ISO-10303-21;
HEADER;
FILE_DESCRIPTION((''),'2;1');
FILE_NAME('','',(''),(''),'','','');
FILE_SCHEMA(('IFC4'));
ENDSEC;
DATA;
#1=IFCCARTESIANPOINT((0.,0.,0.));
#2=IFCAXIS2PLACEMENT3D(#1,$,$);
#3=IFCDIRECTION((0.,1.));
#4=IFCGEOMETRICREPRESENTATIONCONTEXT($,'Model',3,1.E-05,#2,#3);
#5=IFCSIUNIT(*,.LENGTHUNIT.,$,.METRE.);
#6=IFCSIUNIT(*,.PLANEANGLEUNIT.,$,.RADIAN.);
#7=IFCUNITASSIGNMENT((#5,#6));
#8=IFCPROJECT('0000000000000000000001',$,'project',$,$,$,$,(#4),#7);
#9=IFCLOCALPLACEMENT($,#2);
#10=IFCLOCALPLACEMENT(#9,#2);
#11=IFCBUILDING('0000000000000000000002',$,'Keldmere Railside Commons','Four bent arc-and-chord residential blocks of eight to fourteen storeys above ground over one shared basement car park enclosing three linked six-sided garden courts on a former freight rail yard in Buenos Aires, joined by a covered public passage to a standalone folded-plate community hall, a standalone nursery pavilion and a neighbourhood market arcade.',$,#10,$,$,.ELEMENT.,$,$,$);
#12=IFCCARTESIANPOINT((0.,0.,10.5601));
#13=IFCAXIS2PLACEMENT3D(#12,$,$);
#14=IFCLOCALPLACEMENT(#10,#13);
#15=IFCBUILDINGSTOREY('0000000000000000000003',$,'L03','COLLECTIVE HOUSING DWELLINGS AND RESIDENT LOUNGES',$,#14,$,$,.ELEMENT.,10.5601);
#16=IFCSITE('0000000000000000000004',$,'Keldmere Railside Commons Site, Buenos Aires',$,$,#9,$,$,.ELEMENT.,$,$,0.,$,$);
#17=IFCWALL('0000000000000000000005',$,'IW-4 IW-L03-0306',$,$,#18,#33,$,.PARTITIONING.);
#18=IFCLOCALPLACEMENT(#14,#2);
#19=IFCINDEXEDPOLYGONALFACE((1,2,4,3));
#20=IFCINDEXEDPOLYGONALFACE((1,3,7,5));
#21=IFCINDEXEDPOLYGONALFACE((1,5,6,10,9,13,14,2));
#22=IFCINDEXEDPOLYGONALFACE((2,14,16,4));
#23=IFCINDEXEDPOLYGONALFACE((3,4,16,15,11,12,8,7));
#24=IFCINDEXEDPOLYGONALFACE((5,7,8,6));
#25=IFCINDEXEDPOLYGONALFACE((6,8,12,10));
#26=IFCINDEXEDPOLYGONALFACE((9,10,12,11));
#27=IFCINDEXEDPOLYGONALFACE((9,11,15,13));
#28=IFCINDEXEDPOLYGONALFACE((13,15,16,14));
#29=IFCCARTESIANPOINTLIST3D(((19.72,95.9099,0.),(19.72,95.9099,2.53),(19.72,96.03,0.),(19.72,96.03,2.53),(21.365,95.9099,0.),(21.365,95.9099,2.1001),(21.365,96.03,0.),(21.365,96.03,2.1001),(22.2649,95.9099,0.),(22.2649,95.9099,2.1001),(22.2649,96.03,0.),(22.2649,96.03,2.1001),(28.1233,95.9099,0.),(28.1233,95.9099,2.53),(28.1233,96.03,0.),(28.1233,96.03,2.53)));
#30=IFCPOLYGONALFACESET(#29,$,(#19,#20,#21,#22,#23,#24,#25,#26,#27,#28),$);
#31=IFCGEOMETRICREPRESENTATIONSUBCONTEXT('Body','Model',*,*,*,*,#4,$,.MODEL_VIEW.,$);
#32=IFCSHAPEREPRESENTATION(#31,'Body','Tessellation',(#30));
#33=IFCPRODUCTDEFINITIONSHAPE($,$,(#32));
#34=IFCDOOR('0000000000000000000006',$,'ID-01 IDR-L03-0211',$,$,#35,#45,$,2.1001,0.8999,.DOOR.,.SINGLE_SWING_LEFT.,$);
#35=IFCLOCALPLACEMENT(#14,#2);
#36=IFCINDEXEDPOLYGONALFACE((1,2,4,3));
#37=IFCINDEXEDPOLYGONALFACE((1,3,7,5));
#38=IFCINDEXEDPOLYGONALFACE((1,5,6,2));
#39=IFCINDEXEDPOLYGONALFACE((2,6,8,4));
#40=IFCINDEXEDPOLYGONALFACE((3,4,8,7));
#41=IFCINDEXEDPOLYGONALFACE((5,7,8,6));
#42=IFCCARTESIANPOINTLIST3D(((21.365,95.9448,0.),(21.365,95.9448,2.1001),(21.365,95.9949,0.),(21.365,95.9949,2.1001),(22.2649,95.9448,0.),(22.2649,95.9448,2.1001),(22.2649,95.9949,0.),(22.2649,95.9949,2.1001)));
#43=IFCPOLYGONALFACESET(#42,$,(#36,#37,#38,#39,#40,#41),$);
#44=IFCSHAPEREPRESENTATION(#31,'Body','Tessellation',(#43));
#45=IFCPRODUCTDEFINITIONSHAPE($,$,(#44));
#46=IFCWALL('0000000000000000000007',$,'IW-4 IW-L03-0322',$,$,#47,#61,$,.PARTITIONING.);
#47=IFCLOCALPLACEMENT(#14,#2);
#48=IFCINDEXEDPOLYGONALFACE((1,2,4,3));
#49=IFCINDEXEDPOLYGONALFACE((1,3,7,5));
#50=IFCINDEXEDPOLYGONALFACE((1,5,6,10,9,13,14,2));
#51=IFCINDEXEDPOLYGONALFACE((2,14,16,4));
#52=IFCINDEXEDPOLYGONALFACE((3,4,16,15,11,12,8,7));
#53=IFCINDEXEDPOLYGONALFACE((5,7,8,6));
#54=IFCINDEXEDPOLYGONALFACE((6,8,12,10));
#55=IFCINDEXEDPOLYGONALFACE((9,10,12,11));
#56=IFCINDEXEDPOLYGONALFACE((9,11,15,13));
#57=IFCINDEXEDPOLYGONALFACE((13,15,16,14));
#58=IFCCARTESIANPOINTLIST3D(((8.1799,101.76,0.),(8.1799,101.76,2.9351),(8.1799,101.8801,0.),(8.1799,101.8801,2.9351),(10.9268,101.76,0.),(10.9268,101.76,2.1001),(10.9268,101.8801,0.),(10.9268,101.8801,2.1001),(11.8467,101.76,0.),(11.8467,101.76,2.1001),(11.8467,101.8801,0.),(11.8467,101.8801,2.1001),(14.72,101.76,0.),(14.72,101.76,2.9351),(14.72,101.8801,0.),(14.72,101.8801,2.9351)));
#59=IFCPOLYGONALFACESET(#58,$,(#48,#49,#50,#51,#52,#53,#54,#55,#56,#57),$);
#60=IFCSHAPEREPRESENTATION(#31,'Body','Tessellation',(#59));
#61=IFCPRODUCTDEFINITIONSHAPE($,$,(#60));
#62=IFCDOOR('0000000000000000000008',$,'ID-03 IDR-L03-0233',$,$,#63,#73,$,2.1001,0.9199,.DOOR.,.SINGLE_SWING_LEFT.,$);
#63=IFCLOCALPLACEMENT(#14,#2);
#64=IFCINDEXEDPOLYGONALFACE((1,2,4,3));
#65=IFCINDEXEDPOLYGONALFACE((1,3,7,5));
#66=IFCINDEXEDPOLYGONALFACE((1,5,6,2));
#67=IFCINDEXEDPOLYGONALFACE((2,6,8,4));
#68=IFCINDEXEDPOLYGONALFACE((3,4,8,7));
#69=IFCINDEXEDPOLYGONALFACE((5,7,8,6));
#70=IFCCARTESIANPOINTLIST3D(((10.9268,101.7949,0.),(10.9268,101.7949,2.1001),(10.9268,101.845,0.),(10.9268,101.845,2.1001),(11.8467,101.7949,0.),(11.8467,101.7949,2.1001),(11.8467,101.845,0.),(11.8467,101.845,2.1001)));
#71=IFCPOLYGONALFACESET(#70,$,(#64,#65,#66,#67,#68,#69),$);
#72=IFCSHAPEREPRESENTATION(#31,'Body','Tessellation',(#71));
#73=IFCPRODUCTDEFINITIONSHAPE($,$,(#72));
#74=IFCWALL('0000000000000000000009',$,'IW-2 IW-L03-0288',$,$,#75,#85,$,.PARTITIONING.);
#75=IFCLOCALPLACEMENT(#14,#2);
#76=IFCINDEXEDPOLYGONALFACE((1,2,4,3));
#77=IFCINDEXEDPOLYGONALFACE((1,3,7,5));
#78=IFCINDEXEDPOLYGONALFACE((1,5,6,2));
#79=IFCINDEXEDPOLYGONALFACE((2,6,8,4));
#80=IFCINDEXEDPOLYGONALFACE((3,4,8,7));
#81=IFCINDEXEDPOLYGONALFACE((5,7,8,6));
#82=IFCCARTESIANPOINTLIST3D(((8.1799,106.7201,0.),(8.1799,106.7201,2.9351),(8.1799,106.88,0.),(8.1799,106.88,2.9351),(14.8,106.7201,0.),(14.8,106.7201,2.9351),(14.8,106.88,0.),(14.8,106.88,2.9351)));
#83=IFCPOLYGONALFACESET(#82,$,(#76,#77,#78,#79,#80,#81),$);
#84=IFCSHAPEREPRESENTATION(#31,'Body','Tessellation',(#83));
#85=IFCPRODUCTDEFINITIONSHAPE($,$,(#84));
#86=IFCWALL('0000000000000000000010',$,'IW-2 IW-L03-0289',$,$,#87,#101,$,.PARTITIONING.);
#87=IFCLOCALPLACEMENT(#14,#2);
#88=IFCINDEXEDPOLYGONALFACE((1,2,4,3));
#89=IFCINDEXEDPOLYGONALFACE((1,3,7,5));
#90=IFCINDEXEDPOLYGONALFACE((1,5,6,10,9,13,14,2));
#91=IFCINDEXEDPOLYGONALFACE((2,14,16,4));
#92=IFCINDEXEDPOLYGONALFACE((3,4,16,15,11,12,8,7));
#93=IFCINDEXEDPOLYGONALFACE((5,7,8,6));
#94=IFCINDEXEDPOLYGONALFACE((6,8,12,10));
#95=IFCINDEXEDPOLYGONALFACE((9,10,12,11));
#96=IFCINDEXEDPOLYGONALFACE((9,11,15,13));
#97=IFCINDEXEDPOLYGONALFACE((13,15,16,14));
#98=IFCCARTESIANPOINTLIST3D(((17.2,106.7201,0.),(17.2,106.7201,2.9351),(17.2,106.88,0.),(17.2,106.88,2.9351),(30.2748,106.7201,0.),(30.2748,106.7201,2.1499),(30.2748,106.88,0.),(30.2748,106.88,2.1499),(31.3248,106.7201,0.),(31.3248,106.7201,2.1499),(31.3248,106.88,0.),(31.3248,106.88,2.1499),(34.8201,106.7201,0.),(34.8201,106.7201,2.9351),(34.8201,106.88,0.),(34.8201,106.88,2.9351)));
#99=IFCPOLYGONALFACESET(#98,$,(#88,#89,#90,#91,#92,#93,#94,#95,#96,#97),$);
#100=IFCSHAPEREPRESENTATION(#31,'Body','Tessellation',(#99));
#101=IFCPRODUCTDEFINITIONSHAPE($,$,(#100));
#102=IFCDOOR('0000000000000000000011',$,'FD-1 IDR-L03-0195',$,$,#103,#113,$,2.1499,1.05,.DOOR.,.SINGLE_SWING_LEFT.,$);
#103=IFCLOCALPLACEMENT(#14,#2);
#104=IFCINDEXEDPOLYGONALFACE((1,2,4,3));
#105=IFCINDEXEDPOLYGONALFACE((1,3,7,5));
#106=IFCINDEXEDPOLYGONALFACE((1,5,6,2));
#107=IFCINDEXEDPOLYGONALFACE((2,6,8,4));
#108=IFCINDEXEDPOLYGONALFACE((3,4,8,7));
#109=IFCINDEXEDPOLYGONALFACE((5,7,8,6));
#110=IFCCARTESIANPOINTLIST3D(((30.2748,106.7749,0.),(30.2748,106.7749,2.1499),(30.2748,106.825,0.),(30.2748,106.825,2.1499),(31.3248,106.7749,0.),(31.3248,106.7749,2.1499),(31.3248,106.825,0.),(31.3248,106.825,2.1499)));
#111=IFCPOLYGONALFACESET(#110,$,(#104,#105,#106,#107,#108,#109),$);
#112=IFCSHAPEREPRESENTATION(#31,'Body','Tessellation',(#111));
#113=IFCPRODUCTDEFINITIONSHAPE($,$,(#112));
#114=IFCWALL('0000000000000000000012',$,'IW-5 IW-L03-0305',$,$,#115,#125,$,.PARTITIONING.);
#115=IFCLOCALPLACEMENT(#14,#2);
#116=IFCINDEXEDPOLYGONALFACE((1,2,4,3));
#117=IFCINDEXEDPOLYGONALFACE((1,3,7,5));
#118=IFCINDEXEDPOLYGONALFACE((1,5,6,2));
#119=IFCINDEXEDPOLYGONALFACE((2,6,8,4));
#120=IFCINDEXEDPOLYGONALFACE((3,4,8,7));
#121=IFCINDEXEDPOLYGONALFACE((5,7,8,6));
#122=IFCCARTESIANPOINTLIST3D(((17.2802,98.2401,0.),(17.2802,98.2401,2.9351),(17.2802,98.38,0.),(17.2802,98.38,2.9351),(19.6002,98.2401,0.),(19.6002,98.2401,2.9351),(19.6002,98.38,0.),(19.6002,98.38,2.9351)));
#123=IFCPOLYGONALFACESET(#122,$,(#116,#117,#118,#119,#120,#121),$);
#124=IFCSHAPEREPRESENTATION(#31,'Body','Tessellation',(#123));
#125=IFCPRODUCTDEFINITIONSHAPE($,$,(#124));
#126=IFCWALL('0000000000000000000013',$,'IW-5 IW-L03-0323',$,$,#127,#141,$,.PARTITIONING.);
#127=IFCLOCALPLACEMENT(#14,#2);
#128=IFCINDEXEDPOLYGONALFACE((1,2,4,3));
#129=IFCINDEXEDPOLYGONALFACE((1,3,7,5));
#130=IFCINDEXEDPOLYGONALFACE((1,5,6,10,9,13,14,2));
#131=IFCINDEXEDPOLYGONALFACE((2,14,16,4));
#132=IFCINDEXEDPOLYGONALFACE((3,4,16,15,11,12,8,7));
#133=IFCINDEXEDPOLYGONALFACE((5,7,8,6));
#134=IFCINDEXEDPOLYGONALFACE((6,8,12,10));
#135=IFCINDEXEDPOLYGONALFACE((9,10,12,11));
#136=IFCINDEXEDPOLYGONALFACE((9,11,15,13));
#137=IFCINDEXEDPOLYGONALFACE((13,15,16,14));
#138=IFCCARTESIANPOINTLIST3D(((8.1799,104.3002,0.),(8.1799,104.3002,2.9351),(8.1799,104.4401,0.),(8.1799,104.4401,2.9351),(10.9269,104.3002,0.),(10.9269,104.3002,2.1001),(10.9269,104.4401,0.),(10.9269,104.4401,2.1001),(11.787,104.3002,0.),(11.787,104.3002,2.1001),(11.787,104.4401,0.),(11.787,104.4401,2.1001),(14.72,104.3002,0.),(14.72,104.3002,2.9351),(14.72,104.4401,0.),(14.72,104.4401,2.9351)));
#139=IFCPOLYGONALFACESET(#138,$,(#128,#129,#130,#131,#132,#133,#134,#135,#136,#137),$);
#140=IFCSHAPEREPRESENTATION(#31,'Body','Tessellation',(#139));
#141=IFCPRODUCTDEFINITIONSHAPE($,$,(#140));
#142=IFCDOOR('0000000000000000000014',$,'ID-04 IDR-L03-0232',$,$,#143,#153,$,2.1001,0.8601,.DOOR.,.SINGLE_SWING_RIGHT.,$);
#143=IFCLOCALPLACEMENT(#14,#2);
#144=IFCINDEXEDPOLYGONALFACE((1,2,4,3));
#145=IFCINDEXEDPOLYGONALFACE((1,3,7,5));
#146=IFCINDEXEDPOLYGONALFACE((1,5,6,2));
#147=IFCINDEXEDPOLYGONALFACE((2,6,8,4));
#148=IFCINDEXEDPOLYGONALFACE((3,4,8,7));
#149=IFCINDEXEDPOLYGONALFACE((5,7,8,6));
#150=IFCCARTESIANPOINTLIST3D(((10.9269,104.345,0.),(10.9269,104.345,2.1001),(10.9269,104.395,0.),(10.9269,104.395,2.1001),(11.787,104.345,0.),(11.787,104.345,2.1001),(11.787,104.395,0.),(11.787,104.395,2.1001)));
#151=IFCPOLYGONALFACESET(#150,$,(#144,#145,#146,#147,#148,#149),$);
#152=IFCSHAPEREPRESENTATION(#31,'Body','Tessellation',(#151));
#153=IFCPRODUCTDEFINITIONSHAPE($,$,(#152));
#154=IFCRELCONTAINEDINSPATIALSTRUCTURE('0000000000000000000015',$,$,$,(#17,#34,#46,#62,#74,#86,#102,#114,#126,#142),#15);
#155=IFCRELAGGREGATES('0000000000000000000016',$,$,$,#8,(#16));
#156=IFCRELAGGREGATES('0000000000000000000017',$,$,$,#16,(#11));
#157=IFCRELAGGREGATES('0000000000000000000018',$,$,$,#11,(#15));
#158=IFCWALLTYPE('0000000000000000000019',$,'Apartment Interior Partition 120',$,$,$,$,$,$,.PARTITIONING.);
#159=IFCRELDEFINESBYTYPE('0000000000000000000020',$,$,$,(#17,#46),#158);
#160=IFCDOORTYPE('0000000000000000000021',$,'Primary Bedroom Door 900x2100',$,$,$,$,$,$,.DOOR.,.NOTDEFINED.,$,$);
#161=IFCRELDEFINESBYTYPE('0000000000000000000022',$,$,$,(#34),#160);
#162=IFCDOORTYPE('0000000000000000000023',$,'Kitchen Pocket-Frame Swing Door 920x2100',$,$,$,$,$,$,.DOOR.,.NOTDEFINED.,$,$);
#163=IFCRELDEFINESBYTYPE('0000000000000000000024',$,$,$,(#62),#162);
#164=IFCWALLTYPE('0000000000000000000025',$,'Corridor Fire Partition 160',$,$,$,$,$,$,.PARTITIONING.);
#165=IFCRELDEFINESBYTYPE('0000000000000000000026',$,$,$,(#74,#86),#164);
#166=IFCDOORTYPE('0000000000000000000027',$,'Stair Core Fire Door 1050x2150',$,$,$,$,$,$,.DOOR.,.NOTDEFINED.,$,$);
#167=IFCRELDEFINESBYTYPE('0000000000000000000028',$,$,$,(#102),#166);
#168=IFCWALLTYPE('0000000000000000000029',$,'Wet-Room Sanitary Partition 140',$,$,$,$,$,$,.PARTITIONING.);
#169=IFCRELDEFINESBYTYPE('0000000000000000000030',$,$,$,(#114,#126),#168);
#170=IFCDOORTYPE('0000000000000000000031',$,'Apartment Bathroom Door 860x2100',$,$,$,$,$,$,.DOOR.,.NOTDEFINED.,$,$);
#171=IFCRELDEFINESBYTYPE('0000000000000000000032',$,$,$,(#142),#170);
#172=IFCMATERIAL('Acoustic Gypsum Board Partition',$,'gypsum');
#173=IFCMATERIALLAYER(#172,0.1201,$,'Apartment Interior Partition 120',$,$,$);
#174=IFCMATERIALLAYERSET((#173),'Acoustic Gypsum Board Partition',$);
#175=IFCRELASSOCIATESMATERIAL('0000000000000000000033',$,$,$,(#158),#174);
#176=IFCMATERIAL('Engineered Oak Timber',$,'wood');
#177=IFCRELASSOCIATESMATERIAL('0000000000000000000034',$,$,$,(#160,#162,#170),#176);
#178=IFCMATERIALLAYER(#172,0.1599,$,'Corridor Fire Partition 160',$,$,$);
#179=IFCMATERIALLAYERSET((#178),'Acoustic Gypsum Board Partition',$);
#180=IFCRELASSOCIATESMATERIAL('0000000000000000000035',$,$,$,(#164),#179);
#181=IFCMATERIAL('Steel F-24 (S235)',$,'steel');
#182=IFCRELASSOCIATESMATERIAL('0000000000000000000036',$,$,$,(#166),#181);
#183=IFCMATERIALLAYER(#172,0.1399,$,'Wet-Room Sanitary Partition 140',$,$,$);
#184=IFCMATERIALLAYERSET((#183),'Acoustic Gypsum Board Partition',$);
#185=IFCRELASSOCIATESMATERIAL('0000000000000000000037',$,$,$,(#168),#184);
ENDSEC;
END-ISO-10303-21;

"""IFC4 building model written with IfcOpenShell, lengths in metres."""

from ifc_helpers import new_model, si_unit, direction, frame, frame_2d, origin, place, context, subcontext, project, spatial, rectangle, extrude, material, layer, layer_set, type_object, element, fill, save


model = new_model("IFC4")

# Units and contexts
model_context = context("Model", 3, precision=1e-05, world=origin(), true_north=direction((0.0, 1.0)))
body_context = subcontext(model_context, "Body", "Model", "MODEL_VIEW")
ifc_project = project(units=[si_unit("LENGTHUNIT", "METRE"), si_unit("PLANEANGLEUNIT", "RADIAN")], contexts=[model_context])

# Site, building, storey
site_placement = place(None, origin())
site = spatial("IfcSite", under=ifc_project, at=site_placement, Name="Keldmere Railside Commons Site, Buenos Aires", CompositionType="ELEMENT", RefElevation=0.0)
building_placement = place(site_placement, origin())
building = spatial("IfcBuilding", under=site, at=building_placement, Name="Keldmere Railside Commons", Description="Four bent arc-and-chord residential blocks of eight to fourteen storeys above ground over one shared basement car park enclosing three linked six-sided garden courts on a former freight rail yard in Buenos Aires, joined by a covered public passage to a standalone folded-plate community hall, a standalone nursery pavilion and a neighbourhood market arcade.", CompositionType="ELEMENT")
storey_placement = place(building_placement, frame((0.0, 0.0, 10.5601)))
storey = spatial("IfcBuildingStorey", under=building, at=storey_placement, Name="L03", Description="COLLECTIVE HOUSING DWELLINGS AND RESIDENT LOUNGES", CompositionType="ELEMENT", Elevation=10.5601)

# Walls, openings, doors
ifc_material_1 = material(Name="Acoustic Gypsum Board Partition", Category="gypsum")
ifc_layer_1 = layer(ifc_material_1, 0.1201, Name="Apartment Interior Partition 120")
ifc_layer_set_1 = layer_set([ifc_layer_1], Name="Acoustic Gypsum Board Partition")
wall_type_1 = type_object("IfcWallType", Name="Apartment Interior Partition 120", PredefinedType="PARTITIONING", material=ifc_layer_set_1)
wall_1_placement = place(storey_placement, frame((19.72, 95.97, 0.0), z_axis=(0.0, 0.0, 1.0), x_axis=(1.0, 0.0, 0.0)))
wall_1 = element("IfcWall", 1, at=wall_1_placement, inside=storey, type_object=wall_type_1, Name="IW-4 IW-L03-0306", PredefinedType="PARTITIONING", context=body_context, shape_type="SweptSolid", body=[
    extrude(rectangle(XDim=8.4033, YDim=0.1201, at=frame_2d((4.2017, 0.0))), origin(), (0.0, 0.0, 1.0), 2.53),
])
opening_1_placement = place(wall_1_placement, frame((1.645, 0.0, 0.0)))
opening_1 = element("IfcOpeningElement", 2, at=opening_1_placement, cuts=wall_1, PredefinedType="OPENING", context=body_context, shape_type="SweptSolid", body=[
    extrude(rectangle(XDim=0.8999, YDim=2.1001, at=frame_2d((0.45, 1.05))), frame((0.0, 0.0701, 0.0), z_axis=(0.0, -1.0, 0.0), x_axis=(1.0, 0.0, 0.0)), (0.0, 0.0, 1.0), 0.1401),
])
ifc_material_2 = material(Name="Engineered Oak Timber", Category="wood")
door_type_1 = type_object("IfcDoorType", Name="Primary Bedroom Door 900x2100", OperationType="NOTDEFINED", PredefinedType="DOOR", material=ifc_material_2)
door_1_placement = place(opening_1_placement, origin())
door_1 = element("IfcDoor", 3, at=door_1_placement, inside=storey, type_object=door_type_1, Name="ID-01 IDR-L03-0211", OperationType="SINGLE_SWING_LEFT", OverallHeight=2.1001, OverallWidth=0.8999, PredefinedType="DOOR", context=body_context, shape_type="SweptSolid", body=[
    extrude(rectangle(XDim=0.8999, YDim=2.1001, at=frame_2d((0.45, 1.05))), frame((0.0, 0.0249, 0.0), z_axis=(0.0, -1.0, 0.0), x_axis=(1.0, 0.0, 0.0)), (0.0, 0.0, 1.0), 0.05),
])
fill(opening_1, door_1)
wall_2_placement = place(storey_placement, frame((8.1799, 101.8201, 0.0), z_axis=(0.0, 0.0, 1.0), x_axis=(1.0, 0.0, 0.0)))
wall_2 = element("IfcWall", 4, at=wall_2_placement, inside=storey, type_object=wall_type_1, Name="IW-4 IW-L03-0322", PredefinedType="PARTITIONING", context=body_context, shape_type="SweptSolid", body=[
    extrude(rectangle(XDim=6.54, YDim=0.1201, at=frame_2d((3.27, 0.0))), origin(), (0.0, 0.0, 1.0), 2.9351),
])
opening_2_placement = place(wall_2_placement, frame((2.7468, 0.0, 0.0)))
opening_2 = element("IfcOpeningElement", 5, at=opening_2_placement, cuts=wall_2, PredefinedType="OPENING", context=body_context, shape_type="SweptSolid", body=[
    extrude(rectangle(XDim=0.9199, YDim=2.1001, at=frame_2d((0.46, 1.05))), frame((0.0, 0.0701, 0.0), z_axis=(0.0, -1.0, 0.0), x_axis=(1.0, 0.0, 0.0)), (0.0, 0.0, 1.0), 0.1401),
])
door_type_2 = type_object("IfcDoorType", Name="Kitchen Pocket-Frame Swing Door 920x2100", OperationType="NOTDEFINED", PredefinedType="DOOR", material=ifc_material_2)
door_2_placement = place(opening_2_placement, origin())
door_2 = element("IfcDoor", 6, at=door_2_placement, inside=storey, type_object=door_type_2, Name="ID-03 IDR-L03-0233", OperationType="SINGLE_SWING_LEFT", OverallHeight=2.1001, OverallWidth=0.9199, PredefinedType="DOOR", context=body_context, shape_type="SweptSolid", body=[
    extrude(rectangle(XDim=0.9199, YDim=2.1001, at=frame_2d((0.46, 1.05))), frame((0.0, 0.0249, 0.0), z_axis=(0.0, -1.0, 0.0), x_axis=(1.0, 0.0, 0.0)), (0.0, 0.0, 1.0), 0.05),
])
fill(opening_2, door_2)

# Wall
ifc_layer_2 = layer(ifc_material_1, 0.1599, Name="Corridor Fire Partition 160")
ifc_layer_set_2 = layer_set([ifc_layer_2], Name="Acoustic Gypsum Board Partition")
wall_type_2 = type_object("IfcWallType", Name="Corridor Fire Partition 160", PredefinedType="PARTITIONING", material=ifc_layer_set_2)
wall_3_placement = place(storey_placement, frame((8.1799, 106.8, 0.0), z_axis=(0.0, 0.0, 1.0), x_axis=(1.0, 0.0, 0.0)))
element("IfcWall", 7, at=wall_3_placement, inside=storey, type_object=wall_type_2, Name="IW-2 IW-L03-0288", PredefinedType="PARTITIONING", context=body_context, shape_type="SweptSolid", body=[
    extrude(rectangle(XDim=6.6201, YDim=0.1599, at=frame_2d((3.3101, 0.0))), origin(), (0.0, 0.0, 1.0), 2.9351),
])

# Wall, opening, door
wall_4_placement = place(storey_placement, frame((17.2, 106.8, 0.0), z_axis=(0.0, 0.0, 1.0), x_axis=(1.0, 0.0, 0.0)))
wall_4 = element("IfcWall", 8, at=wall_4_placement, inside=storey, type_object=wall_type_2, Name="IW-2 IW-L03-0289", PredefinedType="PARTITIONING", context=body_context, shape_type="SweptSolid", body=[
    extrude(rectangle(XDim=17.6201, YDim=0.1599, at=frame_2d((8.8101, 0.0))), origin(), (0.0, 0.0, 1.0), 2.9351),
])
opening_3_placement = place(wall_4_placement, frame((13.075, 0.0, 0.0)))
opening_3 = element("IfcOpeningElement", 9, at=opening_3_placement, cuts=wall_4, PredefinedType="OPENING", context=body_context, shape_type="SweptSolid", body=[
    extrude(rectangle(XDim=1.05, YDim=2.1499, at=frame_2d((0.5249, 1.075))), frame((0.0, 0.0898, 0.0), z_axis=(0.0, -1.0, 0.0), x_axis=(1.0, 0.0, 0.0)), (0.0, 0.0, 1.0), 0.1799),
])
ifc_material_3 = material(Name="Steel F-24 (S235)", Category="steel")
door_type_3 = type_object("IfcDoorType", Name="Stair Core Fire Door 1050x2150", OperationType="NOTDEFINED", PredefinedType="DOOR", material=ifc_material_3)
door_3_placement = place(opening_3_placement, origin())
door_3 = element("IfcDoor", 10, at=door_3_placement, inside=storey, type_object=door_type_3, Name="FD-1 IDR-L03-0195", OperationType="SINGLE_SWING_LEFT", OverallHeight=2.1499, OverallWidth=1.05, PredefinedType="DOOR", context=body_context, shape_type="SweptSolid", body=[
    extrude(rectangle(XDim=1.05, YDim=2.1499, at=frame_2d((0.5249, 1.075))), frame((0.0, 0.0249, 0.0), z_axis=(0.0, -1.0, 0.0), x_axis=(1.0, 0.0, 0.0)), (0.0, 0.0, 1.0), 0.05),
])
fill(opening_3, door_3)

# Wall
ifc_layer_3 = layer(ifc_material_1, 0.1399, Name="Wet-Room Sanitary Partition 140")
ifc_layer_set_3 = layer_set([ifc_layer_3], Name="Acoustic Gypsum Board Partition")
wall_type_3 = type_object("IfcWallType", Name="Wet-Room Sanitary Partition 140", PredefinedType="PARTITIONING", material=ifc_layer_set_3)
wall_5_placement = place(storey_placement, frame((17.28, 98.3101, 0.0), z_axis=(0.0, 0.0, 1.0), x_axis=(1.0, 0.0, 0.0)))
element("IfcWall", 11, at=wall_5_placement, inside=storey, type_object=wall_type_3, Name="IW-5 IW-L03-0305", PredefinedType="PARTITIONING", context=body_context, shape_type="SweptSolid", body=[
    extrude(rectangle(XDim=2.3201, YDim=0.1399, at=frame_2d((1.1602, 0.0))), origin(), (0.0, 0.0, 1.0), 2.9351),
])

# Wall, opening, door
wall_6_placement = place(storey_placement, frame((8.1799, 104.3701, 0.0), z_axis=(0.0, 0.0, 1.0), x_axis=(1.0, 0.0, 0.0)))
wall_6 = element("IfcWall", 12, at=wall_6_placement, inside=storey, type_object=wall_type_3, Name="IW-5 IW-L03-0323", PredefinedType="PARTITIONING", context=body_context, shape_type="SweptSolid", body=[
    extrude(rectangle(XDim=6.54, YDim=0.1399, at=frame_2d((3.27, 0.0))), origin(), (0.0, 0.0, 1.0), 2.9351),
])
opening_4_placement = place(wall_6_placement, frame((2.7468, 0.0, 0.0)))
opening_4 = element("IfcOpeningElement", 13, at=opening_4_placement, cuts=wall_6, PredefinedType="OPENING", context=body_context, shape_type="SweptSolid", body=[
    extrude(rectangle(XDim=0.8601, YDim=2.1001, at=frame_2d((0.4302, 1.05))), frame((0.0, 0.0798, 0.0), z_axis=(0.0, -1.0, 0.0), x_axis=(1.0, 0.0, 0.0)), (0.0, 0.0, 1.0), 0.1599),
])
door_type_4 = type_object("IfcDoorType", Name="Apartment Bathroom Door 860x2100", OperationType="NOTDEFINED", PredefinedType="DOOR", material=ifc_material_2)
door_4_placement = place(opening_4_placement, origin())
door_4 = element("IfcDoor", 14, at=door_4_placement, inside=storey, type_object=door_type_4, Name="ID-04 IDR-L03-0232", OperationType="SINGLE_SWING_RIGHT", OverallHeight=2.1001, OverallWidth=0.8601, PredefinedType="DOOR", context=body_context, shape_type="SweptSolid", body=[
    extrude(rectangle(XDim=0.8601, YDim=2.1001, at=frame_2d((0.4302, 1.05))), frame((0.0, 0.0249, 0.0), z_axis=(0.0, -1.0, 0.0), x_axis=(1.0, 0.0, 0.0)), (0.0, 0.0, 1.0), 0.05),
])
fill(opening_4, door_4)

save(model, "model.ifc")
